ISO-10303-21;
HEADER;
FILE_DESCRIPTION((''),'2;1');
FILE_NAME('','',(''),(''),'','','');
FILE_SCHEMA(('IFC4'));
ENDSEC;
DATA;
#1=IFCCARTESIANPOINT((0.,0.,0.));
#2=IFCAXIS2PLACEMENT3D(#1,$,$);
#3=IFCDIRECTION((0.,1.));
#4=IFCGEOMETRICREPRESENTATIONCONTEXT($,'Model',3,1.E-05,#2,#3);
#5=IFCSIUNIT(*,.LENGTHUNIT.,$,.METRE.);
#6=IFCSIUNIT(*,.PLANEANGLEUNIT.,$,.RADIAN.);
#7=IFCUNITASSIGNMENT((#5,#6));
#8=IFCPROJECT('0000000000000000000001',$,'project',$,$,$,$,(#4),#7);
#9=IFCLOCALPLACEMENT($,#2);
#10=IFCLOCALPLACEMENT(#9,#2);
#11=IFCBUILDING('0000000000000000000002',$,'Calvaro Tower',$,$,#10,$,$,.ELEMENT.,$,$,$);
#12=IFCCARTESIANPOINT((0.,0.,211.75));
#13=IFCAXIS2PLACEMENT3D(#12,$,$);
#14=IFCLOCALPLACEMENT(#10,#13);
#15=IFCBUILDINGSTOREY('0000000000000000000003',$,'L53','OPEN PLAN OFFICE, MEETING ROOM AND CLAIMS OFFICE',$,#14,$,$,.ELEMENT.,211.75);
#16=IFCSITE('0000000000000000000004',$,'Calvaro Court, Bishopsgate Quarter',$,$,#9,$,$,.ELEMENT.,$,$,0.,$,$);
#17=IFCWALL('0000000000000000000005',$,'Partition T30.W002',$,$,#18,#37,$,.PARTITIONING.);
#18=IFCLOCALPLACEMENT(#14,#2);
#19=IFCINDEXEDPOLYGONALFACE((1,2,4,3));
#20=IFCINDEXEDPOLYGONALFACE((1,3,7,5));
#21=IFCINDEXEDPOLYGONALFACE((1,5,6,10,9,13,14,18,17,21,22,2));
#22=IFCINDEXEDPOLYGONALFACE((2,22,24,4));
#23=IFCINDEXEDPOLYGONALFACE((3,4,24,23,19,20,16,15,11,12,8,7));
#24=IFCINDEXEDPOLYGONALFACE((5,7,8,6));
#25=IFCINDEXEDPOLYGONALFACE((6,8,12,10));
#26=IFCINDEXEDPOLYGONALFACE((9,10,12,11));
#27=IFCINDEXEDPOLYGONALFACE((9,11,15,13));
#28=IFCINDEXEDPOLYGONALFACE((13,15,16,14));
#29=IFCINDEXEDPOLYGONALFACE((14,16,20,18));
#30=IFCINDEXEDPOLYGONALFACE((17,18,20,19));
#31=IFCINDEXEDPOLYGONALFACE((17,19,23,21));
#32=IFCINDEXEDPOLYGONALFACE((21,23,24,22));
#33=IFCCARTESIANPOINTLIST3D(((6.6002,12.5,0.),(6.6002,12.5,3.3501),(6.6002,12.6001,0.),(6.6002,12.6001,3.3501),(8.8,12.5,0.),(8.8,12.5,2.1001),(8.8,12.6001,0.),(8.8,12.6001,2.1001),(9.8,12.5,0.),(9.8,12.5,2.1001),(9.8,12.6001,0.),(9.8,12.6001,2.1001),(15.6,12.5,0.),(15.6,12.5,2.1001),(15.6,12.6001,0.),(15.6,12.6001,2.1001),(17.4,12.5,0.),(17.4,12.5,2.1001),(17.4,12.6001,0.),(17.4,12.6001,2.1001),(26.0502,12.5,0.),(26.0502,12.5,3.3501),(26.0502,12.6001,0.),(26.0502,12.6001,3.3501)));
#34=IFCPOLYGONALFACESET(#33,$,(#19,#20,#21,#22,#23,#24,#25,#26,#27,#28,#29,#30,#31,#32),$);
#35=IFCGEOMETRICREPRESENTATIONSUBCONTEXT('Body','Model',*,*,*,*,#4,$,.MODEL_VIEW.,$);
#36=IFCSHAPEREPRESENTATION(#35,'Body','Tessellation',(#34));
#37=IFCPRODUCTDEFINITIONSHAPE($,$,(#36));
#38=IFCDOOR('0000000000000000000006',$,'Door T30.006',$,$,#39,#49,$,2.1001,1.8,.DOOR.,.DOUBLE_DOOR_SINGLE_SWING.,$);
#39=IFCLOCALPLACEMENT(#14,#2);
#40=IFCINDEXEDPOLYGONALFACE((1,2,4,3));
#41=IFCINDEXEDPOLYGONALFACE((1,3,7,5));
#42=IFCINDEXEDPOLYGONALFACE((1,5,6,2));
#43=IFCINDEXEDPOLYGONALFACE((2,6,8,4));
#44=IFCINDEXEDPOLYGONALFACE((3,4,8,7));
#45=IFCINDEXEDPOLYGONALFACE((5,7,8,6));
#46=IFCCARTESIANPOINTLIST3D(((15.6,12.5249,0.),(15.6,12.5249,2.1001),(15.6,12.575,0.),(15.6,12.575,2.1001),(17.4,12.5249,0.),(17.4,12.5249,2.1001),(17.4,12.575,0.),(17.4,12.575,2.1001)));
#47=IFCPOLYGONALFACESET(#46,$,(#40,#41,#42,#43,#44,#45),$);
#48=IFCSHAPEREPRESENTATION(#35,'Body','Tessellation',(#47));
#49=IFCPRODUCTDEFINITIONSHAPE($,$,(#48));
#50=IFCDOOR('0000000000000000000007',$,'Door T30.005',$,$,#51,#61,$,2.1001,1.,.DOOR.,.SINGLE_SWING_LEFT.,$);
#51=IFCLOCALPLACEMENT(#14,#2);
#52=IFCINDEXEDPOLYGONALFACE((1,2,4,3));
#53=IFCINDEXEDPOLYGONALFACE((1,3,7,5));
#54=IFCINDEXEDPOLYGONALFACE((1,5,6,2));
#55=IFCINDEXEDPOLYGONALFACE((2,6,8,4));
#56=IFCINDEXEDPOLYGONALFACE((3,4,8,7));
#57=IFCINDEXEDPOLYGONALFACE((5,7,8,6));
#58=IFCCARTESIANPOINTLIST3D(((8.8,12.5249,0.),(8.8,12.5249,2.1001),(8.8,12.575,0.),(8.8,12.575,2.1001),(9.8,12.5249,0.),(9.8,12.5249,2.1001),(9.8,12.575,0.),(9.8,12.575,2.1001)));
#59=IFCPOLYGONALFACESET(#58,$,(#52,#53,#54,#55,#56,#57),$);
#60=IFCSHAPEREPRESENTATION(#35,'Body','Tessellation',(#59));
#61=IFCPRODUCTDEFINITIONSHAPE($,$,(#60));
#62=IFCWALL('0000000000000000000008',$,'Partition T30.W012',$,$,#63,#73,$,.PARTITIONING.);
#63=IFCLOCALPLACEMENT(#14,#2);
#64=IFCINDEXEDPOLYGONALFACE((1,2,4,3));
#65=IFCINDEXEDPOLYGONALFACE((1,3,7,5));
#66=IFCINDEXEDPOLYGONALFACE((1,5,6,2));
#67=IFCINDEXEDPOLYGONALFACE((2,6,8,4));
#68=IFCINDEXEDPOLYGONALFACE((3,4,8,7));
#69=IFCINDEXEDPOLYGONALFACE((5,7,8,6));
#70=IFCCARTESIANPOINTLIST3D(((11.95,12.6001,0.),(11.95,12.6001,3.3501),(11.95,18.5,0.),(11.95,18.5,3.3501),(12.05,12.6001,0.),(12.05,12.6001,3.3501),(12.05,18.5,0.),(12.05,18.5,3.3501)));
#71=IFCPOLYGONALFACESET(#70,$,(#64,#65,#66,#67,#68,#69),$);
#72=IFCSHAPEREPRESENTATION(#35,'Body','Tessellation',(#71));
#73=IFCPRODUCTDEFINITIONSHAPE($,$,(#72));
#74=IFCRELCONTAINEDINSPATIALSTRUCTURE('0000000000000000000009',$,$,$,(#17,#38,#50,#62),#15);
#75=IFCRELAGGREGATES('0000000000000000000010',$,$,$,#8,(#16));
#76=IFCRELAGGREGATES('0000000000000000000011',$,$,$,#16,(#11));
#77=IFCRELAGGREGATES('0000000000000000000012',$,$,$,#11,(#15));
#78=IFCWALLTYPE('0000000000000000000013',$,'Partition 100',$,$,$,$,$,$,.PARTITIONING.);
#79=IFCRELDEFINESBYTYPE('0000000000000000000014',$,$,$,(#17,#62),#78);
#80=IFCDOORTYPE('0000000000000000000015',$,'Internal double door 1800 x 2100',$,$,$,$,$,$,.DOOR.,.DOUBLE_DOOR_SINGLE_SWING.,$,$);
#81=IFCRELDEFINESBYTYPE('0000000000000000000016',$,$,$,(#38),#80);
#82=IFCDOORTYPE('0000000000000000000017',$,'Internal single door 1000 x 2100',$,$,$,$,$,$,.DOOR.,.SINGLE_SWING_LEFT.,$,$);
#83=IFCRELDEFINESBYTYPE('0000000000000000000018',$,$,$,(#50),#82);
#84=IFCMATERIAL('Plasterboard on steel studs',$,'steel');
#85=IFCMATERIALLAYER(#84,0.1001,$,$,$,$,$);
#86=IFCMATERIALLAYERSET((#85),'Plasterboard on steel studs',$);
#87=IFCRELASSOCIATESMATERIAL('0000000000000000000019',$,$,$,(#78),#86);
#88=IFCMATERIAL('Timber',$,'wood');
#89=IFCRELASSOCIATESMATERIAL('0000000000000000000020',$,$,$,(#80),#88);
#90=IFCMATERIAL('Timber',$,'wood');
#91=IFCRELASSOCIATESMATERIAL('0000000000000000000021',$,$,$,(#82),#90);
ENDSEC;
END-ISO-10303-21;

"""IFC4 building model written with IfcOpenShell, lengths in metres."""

from ifc_helpers import new_model, si_unit, direction, frame, frame_2d, origin, place, context, subcontext, project, spatial, rectangle, extrude, material, layer, layer_set, type_object, element, fill, save


model = new_model("IFC4")

# Units and contexts
model_context = context("Model", 3, precision=1e-05, world=origin(), true_north=direction((0.0, 1.0)))
body_context = subcontext(model_context, "Body", "Model", "MODEL_VIEW")
ifc_project = project(units=[si_unit("LENGTHUNIT", "METRE"), si_unit("PLANEANGLEUNIT", "RADIAN")], contexts=[model_context])

# Site, building, storey
site_placement = place(None, origin())
site = spatial("IfcSite", under=ifc_project, at=site_placement, Name="Calvaro Court, Bishopsgate Quarter", CompositionType="ELEMENT", RefElevation=0.0)
building_placement = place(site_placement, origin())
building = spatial("IfcBuilding", under=site, at=building_placement, Name="Calvaro Tower", CompositionType="ELEMENT")
storey_placement = place(building_placement, frame((0.0, 0.0, 211.75)))
storey = spatial("IfcBuildingStorey", under=building, at=storey_placement, Name="L53", Description="OPEN PLAN OFFICE, MEETING ROOM AND CLAIMS OFFICE", CompositionType="ELEMENT", Elevation=211.75)

# Wall, openings, doors
ifc_material_1 = material(Name="Plasterboard on steel studs", Category="steel")
ifc_layer_1 = layer(ifc_material_1, 0.1001)
ifc_layer_set_1 = layer_set([ifc_layer_1], Name="Plasterboard on steel studs")
wall_type = type_object("IfcWallType", Name="Partition 100", PredefinedType="PARTITIONING", material=ifc_layer_set_1)
ifc_material_2 = material(Name="Timber", Category="wood")
door_type_1 = type_object("IfcDoorType", Name="Internal double door 1800 x 2100", OperationType="DOUBLE_DOOR_SINGLE_SWING", PredefinedType="DOOR", material=ifc_material_2)
wall_1_placement = place(storey_placement, frame((6.6001, 12.55, 0.0), z_axis=(0.0, 0.0, 1.0), x_axis=(1.0, 0.0, 0.0)))
wall_1 = element("IfcWall", 1, at=wall_1_placement, inside=storey, type_object=wall_type, Name="Partition T30.W002", PredefinedType="PARTITIONING", context=body_context, shape_type="SweptSolid", body=[
    extrude(rectangle(XDim=19.45, YDim=0.1001, at=frame_2d((9.7251, 0.0))), origin(), (0.0, 0.0, 1.0), 3.3501),
])
opening_1_placement = place(wall_1_placement, frame((2.2, 0.0, 0.0)))
opening_1 = element("IfcOpeningElement", 2, at=opening_1_placement, cuts=wall_1, PredefinedType="OPENING", context=body_context, shape_type="SweptSolid", body=[
    extrude(rectangle(XDim=1.0, YDim=2.1001, at=frame_2d((0.5, 1.05))), frame((0.0, 0.0601, 0.0), z_axis=(0.0, -1.0, 0.0), x_axis=(1.0, 0.0, 0.0)), (0.0, 0.0, 1.0), 0.1201),
])
opening_2_placement = place(wall_1_placement, frame((9.0, 0.0, 0.0)))
opening_2 = element("IfcOpeningElement", 3, at=opening_2_placement, cuts=wall_1, PredefinedType="OPENING", context=body_context, shape_type="SweptSolid", body=[
    extrude(rectangle(XDim=1.8, YDim=2.1001, at=frame_2d((0.8999, 1.05))), frame((0.0, 0.0601, 0.0), z_axis=(0.0, -1.0, 0.0), x_axis=(1.0, 0.0, 0.0)), (0.0, 0.0, 1.0), 0.1201),
])
door_1_placement = place(opening_2_placement, origin())
door_1 = element("IfcDoor", 4, at=door_1_placement, inside=storey, type_object=door_type_1, Name="Door T30.006", OperationType="DOUBLE_DOOR_SINGLE_SWING", OverallHeight=2.1001, OverallWidth=1.8, PredefinedType="DOOR", context=body_context, shape_type="SweptSolid", body=[
    extrude(rectangle(XDim=1.8, YDim=2.1001, at=frame_2d((0.8999, 1.05))), frame((0.0, 0.0249, 0.0), z_axis=(0.0, -1.0, 0.0), x_axis=(1.0, 0.0, 0.0)), (0.0, 0.0, 1.0), 0.05),
])
fill(opening_2, door_1)
ifc_material_3 = material(Name="Timber", Category="wood")
door_type_2 = type_object("IfcDoorType", Name="Internal single door 1000 x 2100", OperationType="SINGLE_SWING_LEFT", PredefinedType="DOOR", material=ifc_material_3)
door_2_placement = place(opening_1_placement, origin())
door_2 = element("IfcDoor", 5, at=door_2_placement, inside=storey, type_object=door_type_2, Name="Door T30.005", OperationType="SINGLE_SWING_LEFT", OverallHeight=2.1001, OverallWidth=1.0, PredefinedType="DOOR", context=body_context, shape_type="SweptSolid", body=[
    extrude(rectangle(XDim=1.0, YDim=2.1001, at=frame_2d((0.5, 1.05))), frame((0.0, 0.0249, 0.0), z_axis=(0.0, -1.0, 0.0), x_axis=(1.0, 0.0, 0.0)), (0.0, 0.0, 1.0), 0.05),
])
fill(opening_1, door_2)

# Wall
wall_2_placement = place(storey_placement, frame((12.0, 12.6001, 0.0), z_axis=(0.0, 0.0, 1.0), x_axis=(0.0, 1.0, 0.0)))
element("IfcWall", 6, at=wall_2_placement, inside=storey, type_object=wall_type, Name="Partition T30.W012", PredefinedType="PARTITIONING", context=body_context, shape_type="SweptSolid", body=[
    extrude(rectangle(XDim=5.8999, YDim=0.1001, at=frame_2d((2.95, 0.0))), origin(), (0.0, 0.0, 1.0), 3.3501),
])

save(model, "model.ifc")
